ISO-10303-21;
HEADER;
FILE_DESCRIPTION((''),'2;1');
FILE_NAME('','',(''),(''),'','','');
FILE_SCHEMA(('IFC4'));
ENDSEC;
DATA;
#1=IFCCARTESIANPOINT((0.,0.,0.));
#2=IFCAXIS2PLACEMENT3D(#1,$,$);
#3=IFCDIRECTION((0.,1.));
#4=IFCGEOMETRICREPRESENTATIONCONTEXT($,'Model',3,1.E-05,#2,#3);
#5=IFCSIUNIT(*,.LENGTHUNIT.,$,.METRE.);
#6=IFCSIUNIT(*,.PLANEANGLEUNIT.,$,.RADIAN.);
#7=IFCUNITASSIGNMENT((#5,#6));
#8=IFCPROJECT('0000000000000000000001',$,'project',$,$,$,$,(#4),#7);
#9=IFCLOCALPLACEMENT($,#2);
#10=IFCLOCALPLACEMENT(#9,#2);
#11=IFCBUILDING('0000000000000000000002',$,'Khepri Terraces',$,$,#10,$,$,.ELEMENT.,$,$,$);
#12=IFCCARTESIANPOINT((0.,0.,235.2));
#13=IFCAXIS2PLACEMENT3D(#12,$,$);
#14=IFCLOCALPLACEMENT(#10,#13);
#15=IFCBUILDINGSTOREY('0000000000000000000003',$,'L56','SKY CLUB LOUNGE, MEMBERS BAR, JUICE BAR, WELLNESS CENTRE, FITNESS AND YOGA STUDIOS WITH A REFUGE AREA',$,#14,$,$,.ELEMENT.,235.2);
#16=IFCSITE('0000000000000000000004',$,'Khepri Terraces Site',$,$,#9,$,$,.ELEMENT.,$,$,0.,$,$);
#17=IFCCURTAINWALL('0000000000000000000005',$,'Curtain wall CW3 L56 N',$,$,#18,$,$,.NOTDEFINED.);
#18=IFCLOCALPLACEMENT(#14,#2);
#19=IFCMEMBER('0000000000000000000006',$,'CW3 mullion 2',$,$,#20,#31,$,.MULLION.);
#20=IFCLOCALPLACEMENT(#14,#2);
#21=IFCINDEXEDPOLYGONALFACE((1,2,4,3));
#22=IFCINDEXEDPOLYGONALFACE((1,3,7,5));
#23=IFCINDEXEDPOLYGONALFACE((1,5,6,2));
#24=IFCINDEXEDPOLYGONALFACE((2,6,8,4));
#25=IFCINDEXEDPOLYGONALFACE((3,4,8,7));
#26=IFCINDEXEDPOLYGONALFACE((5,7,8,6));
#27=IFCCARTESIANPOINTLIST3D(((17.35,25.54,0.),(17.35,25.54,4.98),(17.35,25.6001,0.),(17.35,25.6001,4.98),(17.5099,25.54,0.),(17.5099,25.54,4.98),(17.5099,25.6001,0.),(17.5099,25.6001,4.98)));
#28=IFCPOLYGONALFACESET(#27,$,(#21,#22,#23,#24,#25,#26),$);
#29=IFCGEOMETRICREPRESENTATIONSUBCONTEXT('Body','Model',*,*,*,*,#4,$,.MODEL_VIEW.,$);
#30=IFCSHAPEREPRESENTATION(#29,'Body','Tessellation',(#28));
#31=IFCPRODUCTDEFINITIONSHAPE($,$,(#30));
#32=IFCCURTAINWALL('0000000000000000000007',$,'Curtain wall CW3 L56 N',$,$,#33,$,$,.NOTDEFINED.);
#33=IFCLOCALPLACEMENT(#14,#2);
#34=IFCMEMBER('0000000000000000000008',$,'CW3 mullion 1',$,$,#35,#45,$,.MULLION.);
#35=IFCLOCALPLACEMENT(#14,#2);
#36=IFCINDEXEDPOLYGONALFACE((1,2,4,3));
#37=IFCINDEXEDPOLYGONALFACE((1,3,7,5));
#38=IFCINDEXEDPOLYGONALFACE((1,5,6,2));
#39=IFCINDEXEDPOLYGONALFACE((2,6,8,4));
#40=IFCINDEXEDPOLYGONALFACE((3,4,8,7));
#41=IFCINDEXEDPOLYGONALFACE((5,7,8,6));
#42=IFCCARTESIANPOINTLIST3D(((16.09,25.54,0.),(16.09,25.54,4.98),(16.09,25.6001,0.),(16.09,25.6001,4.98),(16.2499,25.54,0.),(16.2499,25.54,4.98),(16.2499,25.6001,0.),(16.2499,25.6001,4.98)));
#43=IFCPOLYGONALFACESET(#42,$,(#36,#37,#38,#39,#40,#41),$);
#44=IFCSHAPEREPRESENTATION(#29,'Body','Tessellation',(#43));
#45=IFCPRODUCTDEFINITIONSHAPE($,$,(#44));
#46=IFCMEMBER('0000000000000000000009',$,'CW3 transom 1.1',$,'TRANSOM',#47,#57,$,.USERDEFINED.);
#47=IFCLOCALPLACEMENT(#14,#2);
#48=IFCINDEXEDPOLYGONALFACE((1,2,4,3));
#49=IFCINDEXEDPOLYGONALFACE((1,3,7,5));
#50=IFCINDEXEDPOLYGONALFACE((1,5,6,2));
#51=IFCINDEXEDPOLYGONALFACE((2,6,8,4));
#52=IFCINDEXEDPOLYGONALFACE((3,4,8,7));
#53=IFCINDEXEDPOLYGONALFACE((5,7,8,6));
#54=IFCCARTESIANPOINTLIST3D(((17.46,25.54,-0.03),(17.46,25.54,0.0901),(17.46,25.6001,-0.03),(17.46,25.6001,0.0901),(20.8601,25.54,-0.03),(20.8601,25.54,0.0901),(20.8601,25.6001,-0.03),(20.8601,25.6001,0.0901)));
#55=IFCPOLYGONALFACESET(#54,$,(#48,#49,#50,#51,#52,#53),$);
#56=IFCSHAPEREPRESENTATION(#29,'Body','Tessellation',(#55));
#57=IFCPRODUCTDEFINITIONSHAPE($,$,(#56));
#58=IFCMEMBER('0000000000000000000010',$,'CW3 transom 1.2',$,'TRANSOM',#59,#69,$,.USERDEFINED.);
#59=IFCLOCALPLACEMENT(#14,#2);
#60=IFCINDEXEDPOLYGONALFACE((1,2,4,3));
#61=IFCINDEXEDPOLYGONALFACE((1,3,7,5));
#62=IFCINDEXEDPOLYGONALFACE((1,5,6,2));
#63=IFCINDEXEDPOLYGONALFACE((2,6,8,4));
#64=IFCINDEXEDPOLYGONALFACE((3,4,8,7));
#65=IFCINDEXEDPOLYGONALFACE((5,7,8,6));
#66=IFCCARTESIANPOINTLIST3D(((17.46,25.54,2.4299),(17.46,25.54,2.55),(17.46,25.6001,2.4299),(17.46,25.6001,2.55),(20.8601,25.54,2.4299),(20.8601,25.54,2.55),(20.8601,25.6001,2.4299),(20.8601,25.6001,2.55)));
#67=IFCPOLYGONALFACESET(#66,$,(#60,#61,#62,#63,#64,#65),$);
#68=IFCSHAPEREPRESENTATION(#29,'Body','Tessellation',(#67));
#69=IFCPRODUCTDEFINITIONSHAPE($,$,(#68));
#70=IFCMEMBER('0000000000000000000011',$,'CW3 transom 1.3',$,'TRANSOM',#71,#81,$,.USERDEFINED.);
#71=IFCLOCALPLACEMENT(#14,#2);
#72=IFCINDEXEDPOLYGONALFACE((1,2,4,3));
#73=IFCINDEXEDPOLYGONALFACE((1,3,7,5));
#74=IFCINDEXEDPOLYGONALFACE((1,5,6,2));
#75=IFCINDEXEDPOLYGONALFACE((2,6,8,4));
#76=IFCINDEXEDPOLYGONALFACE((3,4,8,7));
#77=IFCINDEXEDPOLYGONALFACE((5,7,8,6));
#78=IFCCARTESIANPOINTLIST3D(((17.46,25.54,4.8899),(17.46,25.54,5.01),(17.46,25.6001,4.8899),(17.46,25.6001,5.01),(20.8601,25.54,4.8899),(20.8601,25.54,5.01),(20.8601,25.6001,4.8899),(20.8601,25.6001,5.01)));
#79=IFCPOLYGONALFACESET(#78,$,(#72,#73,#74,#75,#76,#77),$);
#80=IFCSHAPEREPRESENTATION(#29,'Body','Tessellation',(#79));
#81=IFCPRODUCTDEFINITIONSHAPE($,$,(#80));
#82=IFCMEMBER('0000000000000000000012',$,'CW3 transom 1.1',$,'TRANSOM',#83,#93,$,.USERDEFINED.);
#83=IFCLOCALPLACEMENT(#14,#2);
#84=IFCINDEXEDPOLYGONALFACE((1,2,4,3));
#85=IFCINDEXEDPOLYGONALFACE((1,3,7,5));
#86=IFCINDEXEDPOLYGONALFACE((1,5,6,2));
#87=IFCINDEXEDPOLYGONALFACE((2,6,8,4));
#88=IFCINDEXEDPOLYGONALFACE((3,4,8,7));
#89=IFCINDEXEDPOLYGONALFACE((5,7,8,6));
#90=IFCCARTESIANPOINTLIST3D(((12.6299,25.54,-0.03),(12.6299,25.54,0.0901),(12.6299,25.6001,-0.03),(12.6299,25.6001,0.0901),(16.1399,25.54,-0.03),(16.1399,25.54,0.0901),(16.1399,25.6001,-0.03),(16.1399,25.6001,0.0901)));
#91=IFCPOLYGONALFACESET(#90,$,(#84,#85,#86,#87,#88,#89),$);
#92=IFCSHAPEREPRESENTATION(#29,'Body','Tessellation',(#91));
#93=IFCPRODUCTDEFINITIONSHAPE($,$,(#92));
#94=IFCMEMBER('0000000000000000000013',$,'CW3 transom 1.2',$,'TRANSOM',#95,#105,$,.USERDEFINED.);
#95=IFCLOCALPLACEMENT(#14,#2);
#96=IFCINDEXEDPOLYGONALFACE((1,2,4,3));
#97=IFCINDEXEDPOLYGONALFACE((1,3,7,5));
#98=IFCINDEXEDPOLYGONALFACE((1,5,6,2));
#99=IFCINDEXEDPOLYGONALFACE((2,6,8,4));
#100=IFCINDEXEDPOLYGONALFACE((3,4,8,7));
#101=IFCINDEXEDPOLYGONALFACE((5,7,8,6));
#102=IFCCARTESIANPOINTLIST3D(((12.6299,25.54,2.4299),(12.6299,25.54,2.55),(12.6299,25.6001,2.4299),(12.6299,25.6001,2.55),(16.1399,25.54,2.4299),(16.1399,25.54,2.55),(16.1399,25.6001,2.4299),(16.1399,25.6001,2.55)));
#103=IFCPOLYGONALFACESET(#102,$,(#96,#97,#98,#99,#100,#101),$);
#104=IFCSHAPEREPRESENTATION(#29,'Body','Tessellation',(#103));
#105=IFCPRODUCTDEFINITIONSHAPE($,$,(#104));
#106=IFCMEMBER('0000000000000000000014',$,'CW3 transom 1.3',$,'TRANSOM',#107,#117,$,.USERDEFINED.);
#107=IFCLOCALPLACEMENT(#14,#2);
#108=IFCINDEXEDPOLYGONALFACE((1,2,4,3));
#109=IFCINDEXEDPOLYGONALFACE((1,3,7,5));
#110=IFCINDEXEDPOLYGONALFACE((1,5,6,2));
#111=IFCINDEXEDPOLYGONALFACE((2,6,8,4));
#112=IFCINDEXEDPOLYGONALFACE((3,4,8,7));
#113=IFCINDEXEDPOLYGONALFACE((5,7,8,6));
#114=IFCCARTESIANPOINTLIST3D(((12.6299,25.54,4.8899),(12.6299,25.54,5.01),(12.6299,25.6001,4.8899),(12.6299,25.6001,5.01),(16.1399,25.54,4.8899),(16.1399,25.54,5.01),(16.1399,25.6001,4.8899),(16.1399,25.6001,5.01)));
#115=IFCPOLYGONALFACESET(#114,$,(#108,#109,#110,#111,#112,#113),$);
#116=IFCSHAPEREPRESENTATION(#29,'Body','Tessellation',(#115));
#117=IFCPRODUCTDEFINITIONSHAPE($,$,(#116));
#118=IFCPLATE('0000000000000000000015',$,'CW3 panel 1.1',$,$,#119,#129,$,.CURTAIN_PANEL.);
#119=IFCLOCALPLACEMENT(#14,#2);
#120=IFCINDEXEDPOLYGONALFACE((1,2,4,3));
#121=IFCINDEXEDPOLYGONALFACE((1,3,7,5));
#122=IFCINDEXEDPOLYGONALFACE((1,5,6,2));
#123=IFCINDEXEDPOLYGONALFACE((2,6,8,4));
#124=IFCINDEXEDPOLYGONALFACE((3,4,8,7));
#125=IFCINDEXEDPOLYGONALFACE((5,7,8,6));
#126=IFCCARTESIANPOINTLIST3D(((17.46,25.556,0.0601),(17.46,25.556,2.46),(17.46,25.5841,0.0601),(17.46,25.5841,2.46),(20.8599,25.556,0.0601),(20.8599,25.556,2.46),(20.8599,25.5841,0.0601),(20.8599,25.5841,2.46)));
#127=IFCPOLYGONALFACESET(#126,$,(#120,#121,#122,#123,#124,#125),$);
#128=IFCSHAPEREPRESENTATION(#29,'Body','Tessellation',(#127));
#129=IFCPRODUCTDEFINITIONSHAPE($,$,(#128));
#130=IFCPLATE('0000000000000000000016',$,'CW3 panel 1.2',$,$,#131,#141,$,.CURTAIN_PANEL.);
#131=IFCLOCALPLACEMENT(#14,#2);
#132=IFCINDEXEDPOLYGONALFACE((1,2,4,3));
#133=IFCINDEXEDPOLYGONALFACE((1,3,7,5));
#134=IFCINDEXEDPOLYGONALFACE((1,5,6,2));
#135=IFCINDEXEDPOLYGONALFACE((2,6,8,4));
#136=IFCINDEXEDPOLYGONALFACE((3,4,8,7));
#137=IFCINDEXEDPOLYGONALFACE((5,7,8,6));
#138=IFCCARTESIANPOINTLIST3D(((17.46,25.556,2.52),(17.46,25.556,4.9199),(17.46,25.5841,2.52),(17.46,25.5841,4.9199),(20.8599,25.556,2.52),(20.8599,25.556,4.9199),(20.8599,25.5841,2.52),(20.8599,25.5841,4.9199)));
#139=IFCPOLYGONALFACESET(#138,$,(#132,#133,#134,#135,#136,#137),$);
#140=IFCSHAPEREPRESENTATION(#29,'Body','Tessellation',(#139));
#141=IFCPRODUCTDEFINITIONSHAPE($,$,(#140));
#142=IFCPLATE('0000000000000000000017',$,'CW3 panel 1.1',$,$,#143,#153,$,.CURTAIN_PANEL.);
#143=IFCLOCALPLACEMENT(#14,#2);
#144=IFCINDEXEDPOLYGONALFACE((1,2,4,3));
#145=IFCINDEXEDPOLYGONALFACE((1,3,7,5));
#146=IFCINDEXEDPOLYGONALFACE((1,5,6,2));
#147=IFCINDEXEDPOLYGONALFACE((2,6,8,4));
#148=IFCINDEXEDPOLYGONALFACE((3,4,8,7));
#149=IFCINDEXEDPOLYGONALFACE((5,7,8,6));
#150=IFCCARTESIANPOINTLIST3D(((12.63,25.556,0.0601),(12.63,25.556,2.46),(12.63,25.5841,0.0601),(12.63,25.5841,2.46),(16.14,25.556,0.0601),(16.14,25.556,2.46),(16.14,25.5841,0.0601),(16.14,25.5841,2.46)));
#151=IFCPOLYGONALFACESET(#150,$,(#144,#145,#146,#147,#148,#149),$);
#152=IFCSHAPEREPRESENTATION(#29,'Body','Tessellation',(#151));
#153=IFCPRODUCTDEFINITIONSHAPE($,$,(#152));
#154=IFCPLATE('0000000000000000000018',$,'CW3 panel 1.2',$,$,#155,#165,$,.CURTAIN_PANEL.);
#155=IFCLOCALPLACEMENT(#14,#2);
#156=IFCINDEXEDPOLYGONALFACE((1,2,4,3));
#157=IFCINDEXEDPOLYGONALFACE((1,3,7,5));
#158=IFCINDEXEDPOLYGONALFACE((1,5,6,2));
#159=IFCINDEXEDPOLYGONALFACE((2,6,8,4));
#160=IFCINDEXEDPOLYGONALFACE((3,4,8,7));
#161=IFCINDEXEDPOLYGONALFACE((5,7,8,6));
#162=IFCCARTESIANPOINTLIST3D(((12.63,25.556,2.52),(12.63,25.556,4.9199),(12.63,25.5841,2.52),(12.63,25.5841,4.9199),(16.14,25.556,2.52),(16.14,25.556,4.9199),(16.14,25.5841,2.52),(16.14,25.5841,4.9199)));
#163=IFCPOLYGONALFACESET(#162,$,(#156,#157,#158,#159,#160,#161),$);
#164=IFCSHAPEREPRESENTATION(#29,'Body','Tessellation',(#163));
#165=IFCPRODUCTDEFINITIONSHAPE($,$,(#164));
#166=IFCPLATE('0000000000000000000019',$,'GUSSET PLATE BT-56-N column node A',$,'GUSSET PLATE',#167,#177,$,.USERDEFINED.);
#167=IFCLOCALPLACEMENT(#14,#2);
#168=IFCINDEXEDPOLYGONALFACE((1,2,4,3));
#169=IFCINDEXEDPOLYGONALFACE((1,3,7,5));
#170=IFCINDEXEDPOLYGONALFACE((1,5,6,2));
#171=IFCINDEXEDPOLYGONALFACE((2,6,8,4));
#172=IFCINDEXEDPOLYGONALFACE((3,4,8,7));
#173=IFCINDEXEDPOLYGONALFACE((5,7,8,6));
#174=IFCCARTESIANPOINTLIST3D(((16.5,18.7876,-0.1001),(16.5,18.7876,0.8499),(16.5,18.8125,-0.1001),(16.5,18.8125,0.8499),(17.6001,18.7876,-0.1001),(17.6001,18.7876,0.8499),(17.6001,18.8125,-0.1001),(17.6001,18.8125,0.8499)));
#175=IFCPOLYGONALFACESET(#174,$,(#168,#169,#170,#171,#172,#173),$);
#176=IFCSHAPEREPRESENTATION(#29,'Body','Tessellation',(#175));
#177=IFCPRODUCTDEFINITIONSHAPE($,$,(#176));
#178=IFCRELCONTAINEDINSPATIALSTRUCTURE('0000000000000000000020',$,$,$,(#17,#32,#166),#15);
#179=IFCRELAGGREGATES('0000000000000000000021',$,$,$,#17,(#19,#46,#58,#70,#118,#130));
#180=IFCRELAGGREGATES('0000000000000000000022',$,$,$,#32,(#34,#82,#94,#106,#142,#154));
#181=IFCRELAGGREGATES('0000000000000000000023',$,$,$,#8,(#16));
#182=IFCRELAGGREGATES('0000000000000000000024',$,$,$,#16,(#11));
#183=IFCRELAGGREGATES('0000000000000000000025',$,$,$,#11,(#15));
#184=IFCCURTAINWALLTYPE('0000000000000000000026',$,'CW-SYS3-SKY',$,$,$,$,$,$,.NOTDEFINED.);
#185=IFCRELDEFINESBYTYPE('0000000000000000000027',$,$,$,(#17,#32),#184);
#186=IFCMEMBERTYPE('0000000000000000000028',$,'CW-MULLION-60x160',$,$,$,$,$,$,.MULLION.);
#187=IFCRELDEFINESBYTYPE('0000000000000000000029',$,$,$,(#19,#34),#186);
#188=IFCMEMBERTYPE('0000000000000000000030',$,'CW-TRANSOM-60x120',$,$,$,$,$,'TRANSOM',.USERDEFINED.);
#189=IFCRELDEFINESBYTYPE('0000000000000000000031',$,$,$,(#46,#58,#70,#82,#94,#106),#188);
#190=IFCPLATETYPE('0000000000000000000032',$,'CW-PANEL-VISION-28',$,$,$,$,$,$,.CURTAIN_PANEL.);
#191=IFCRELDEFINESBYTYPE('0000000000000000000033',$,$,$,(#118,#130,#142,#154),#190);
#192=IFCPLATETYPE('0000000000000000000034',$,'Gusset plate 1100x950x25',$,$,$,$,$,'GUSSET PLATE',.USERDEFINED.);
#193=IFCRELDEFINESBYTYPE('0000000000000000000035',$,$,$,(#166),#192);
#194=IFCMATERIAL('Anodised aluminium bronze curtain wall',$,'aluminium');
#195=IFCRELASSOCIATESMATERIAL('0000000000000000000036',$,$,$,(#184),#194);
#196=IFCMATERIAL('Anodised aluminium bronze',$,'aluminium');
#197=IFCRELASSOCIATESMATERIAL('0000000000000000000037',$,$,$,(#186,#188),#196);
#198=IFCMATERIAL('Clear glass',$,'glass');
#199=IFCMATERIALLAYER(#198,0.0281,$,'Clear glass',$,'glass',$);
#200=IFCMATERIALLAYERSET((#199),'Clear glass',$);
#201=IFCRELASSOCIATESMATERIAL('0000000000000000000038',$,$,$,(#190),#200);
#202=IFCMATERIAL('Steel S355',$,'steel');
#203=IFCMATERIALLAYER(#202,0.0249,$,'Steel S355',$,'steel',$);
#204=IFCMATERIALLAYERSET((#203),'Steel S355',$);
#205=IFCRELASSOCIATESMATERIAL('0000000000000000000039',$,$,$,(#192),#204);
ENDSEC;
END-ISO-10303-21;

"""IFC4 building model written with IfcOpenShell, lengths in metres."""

from ifc_helpers import new_model, si_unit, direction, frame, origin, origin_2d, place, context, subcontext, project, spatial, rectangle, extrude, material, layer, layer_set, material_profile, profile_set, type_object, element, aggregate, save


model = new_model("IFC4")

# Units and contexts
model_context = context("Model", 3, precision=1e-05, world=origin(), true_north=direction((0.0, 1.0)))
body_context = subcontext(model_context, "Body", "Model", "MODEL_VIEW")
ifc_project = project(units=[si_unit("LENGTHUNIT", "METRE"), si_unit("PLANEANGLEUNIT", "RADIAN")], contexts=[model_context])

# Site, building, storey
site_placement = place(None, origin())
site = spatial("IfcSite", under=ifc_project, at=site_placement, Name="Khepri Terraces Site", CompositionType="ELEMENT", RefElevation=0.0)
building_placement = place(site_placement, origin())
building = spatial("IfcBuilding", under=site, at=building_placement, Name="Khepri Terraces", CompositionType="ELEMENT")
storey_placement = place(building_placement, frame((0.0, 0.0, 235.2)))
storey = spatial("IfcBuildingStorey", under=building, at=storey_placement, Name="L56", Description="SKY CLUB LOUNGE, MEMBERS BAR, JUICE BAR, WELLNESS CENTRE, FITNESS AND YOGA STUDIOS WITH A REFUGE AREA", CompositionType="ELEMENT", Elevation=235.2)

# Shared definitions
ifc_material_1 = material(Name="Steel S355", Category="steel")

# Curtain wall, member
ifc_material_2 = material(Name="Anodised aluminium bronze curtain wall", Category="aluminium")
curtain_wall_type = type_object("IfcCurtainWallType", Name="CW-SYS3-SKY", PredefinedType="NOTDEFINED", material=ifc_material_2)
curtain_wall_1_placement = place(storey_placement, origin())
curtain_wall_1 = element("IfcCurtainWall", 1, at=curtain_wall_1_placement, inside=storey, type_object=curtain_wall_type, Name="Curtain wall CW3 L56 N", PredefinedType="NOTDEFINED")
ifc_material_3 = material(Name="Anodised aluminium bronze", Category="aluminium")
ifc_material_profile_1 = material_profile(ifc_material_3, rectangle(XDim=0.0601, YDim=0.1599, at=origin_2d()), Name="Anodised aluminium bronze", Category="aluminium")
ifc_profile_set_1 = profile_set([ifc_material_profile_1], Name="Anodised aluminium bronze")
member_type_1 = type_object("IfcMemberType", Name="CW-MULLION-60x160", PredefinedType="MULLION", material=ifc_profile_set_1)
member_1_placement = place(storey_placement, frame((17.4299, 25.5701, 0.0), z_axis=(0.0, 0.0, 1.0), x_axis=(0.0, -1.0, 0.0)))
member_1 = element("IfcMember", 2, at=member_1_placement, type_object=member_type_1, Name="CW3 mullion 2", PredefinedType="MULLION", context=body_context, shape_type="SweptSolid", body=[
    extrude(rectangle(XDim=0.0601, YDim=0.1599, at=origin_2d()), origin(), (0.0, 0.0, 1.0), 4.98),
])

# Curtain wall, member
curtain_wall_2_placement = place(storey_placement, origin())
curtain_wall_2 = element("IfcCurtainWall", 3, at=curtain_wall_2_placement, inside=storey, type_object=curtain_wall_type, Name="Curtain wall CW3 L56 N", PredefinedType="NOTDEFINED")
member_2_placement = place(storey_placement, frame((16.1699, 25.5701, 0.0), z_axis=(0.0, 0.0, 1.0), x_axis=(0.0, -1.0, 0.0)))
member_2 = element("IfcMember", 4, at=member_2_placement, type_object=member_type_1, Name="CW3 mullion 1", PredefinedType="MULLION", context=body_context, shape_type="SweptSolid", body=[
    extrude(rectangle(XDim=0.0601, YDim=0.1599, at=origin_2d()), origin(), (0.0, 0.0, 1.0), 4.98),
])

# Members
ifc_material_profile_2 = material_profile(ifc_material_3, rectangle(XDim=0.0601, YDim=0.1201, at=origin_2d()), Name="Anodised aluminium bronze", Category="aluminium")
ifc_profile_set_2 = profile_set([ifc_material_profile_2], Name="Anodised aluminium bronze")
member_type_2 = type_object("IfcMemberType", Name="CW-TRANSOM-60x120", ElementType="TRANSOM", PredefinedType="USERDEFINED", material=ifc_profile_set_2)
member_3_placement = place(storey_placement, frame((20.8601, 25.5701, 0.03), z_axis=(-1.0, 0.0, 0.0), x_axis=(0.0, -1.0, 0.0)))
member_3 = element("IfcMember", 5, at=member_3_placement, type_object=member_type_2, Name="CW3 transom 1.1", ObjectType="TRANSOM", PredefinedType="USERDEFINED", context=body_context, shape_type="SweptSolid", body=[
    extrude(rectangle(XDim=0.0601, YDim=0.1201, at=origin_2d()), origin(), (0.0, 0.0, 1.0), 3.4001),
])
member_4_placement = place(storey_placement, frame((20.8601, 25.5701, 2.49), z_axis=(-1.0, 0.0, 0.0), x_axis=(0.0, -1.0, 0.0)))
member_4 = element("IfcMember", 6, at=member_4_placement, type_object=member_type_2, Name="CW3 transom 1.2", ObjectType="TRANSOM", PredefinedType="USERDEFINED", context=body_context, shape_type="SweptSolid", body=[
    extrude(rectangle(XDim=0.0601, YDim=0.1201, at=origin_2d()), origin(), (0.0, 0.0, 1.0), 3.4001),
])
member_5_placement = place(storey_placement, frame((20.8601, 25.5701, 4.95), z_axis=(-1.0, 0.0, 0.0), x_axis=(0.0, -1.0, 0.0)))
member_5 = element("IfcMember", 7, at=member_5_placement, type_object=member_type_2, Name="CW3 transom 1.3", ObjectType="TRANSOM", PredefinedType="USERDEFINED", context=body_context, shape_type="SweptSolid", body=[
    extrude(rectangle(XDim=0.0601, YDim=0.1201, at=origin_2d()), origin(), (0.0, 0.0, 1.0), 3.4001),
])
member_6_placement = place(storey_placement, frame((16.1399, 25.5701, 0.03), z_axis=(-1.0, 0.0, 0.0), x_axis=(0.0, -1.0, 0.0)))
member_6 = element("IfcMember", 8, at=member_6_placement, type_object=member_type_2, Name="CW3 transom 1.1", ObjectType="TRANSOM", PredefinedType="USERDEFINED", context=body_context, shape_type="SweptSolid", body=[
    extrude(rectangle(XDim=0.0601, YDim=0.1201, at=origin_2d()), origin(), (0.0, 0.0, 1.0), 3.51),
])
member_7_placement = place(storey_placement, frame((16.1399, 25.5701, 2.49), z_axis=(-1.0, 0.0, 0.0), x_axis=(0.0, -1.0, 0.0)))
member_7 = element("IfcMember", 9, at=member_7_placement, type_object=member_type_2, Name="CW3 transom 1.2", ObjectType="TRANSOM", PredefinedType="USERDEFINED", context=body_context, shape_type="SweptSolid", body=[
    extrude(rectangle(XDim=0.0601, YDim=0.1201, at=origin_2d()), origin(), (0.0, 0.0, 1.0), 3.51),
])
member_8_placement = place(storey_placement, frame((16.1399, 25.5701, 4.95), z_axis=(-1.0, 0.0, 0.0), x_axis=(0.0, -1.0, 0.0)))
member_8 = element("IfcMember", 10, at=member_8_placement, type_object=member_type_2, Name="CW3 transom 1.3", ObjectType="TRANSOM", PredefinedType="USERDEFINED", context=body_context, shape_type="SweptSolid", body=[
    extrude(rectangle(XDim=0.0601, YDim=0.1201, at=origin_2d()), origin(), (0.0, 0.0, 1.0), 3.51),
])

# Plates
ifc_material_4 = material(Name="Clear glass", Category="glass")
ifc_layer_1 = layer(ifc_material_4, 0.0281, Name="Clear glass", Category="glass")
ifc_layer_set_1 = layer_set([ifc_layer_1], Name="Clear glass")
plate_type_1 = type_object("IfcPlateType", Name="CW-PANEL-VISION-28", PredefinedType="CURTAIN_PANEL", material=ifc_layer_set_1)
plate_1_placement = place(storey_placement, frame((19.1599, 25.5701, 0.0601), z_axis=(0.0, 0.0, 1.0), x_axis=(-1.0, 0.0, 0.0)))
plate_1 = element("IfcPlate", 11, at=plate_1_placement, type_object=plate_type_1, Name="CW3 panel 1.1", PredefinedType="CURTAIN_PANEL", context=body_context, shape_type="SweptSolid", body=[
    extrude(rectangle(XDim=3.3999, YDim=0.0281, at=origin_2d()), origin(), (0.0, 0.0, 1.0), 2.3999),
])
plate_2_placement = place(storey_placement, frame((19.1599, 25.5701, 2.52), z_axis=(0.0, 0.0, 1.0), x_axis=(-1.0, 0.0, 0.0)))
plate_2 = element("IfcPlate", 12, at=plate_2_placement, type_object=plate_type_1, Name="CW3 panel 1.2", PredefinedType="CURTAIN_PANEL", context=body_context, shape_type="SweptSolid", body=[
    extrude(rectangle(XDim=3.3999, YDim=0.0281, at=origin_2d()), origin(), (0.0, 0.0, 1.0), 2.3999),
])
aggregate(curtain_wall_1, [member_1, member_3, member_4, member_5, plate_1, plate_2])
plate_3_placement = place(storey_placement, frame((14.385, 25.5701, 0.0601), z_axis=(0.0, 0.0, 1.0), x_axis=(-1.0, 0.0, 0.0)))
plate_3 = element("IfcPlate", 13, at=plate_3_placement, type_object=plate_type_1, Name="CW3 panel 1.1", PredefinedType="CURTAIN_PANEL", context=body_context, shape_type="SweptSolid", body=[
    extrude(rectangle(XDim=3.51, YDim=0.0281, at=origin_2d()), origin(), (0.0, 0.0, 1.0), 2.3999),
])
plate_4_placement = place(storey_placement, frame((14.385, 25.5701, 2.52), z_axis=(0.0, 0.0, 1.0), x_axis=(-1.0, 0.0, 0.0)))
plate_4 = element("IfcPlate", 14, at=plate_4_placement, type_object=plate_type_1, Name="CW3 panel 1.2", PredefinedType="CURTAIN_PANEL", context=body_context, shape_type="SweptSolid", body=[
    extrude(rectangle(XDim=3.51, YDim=0.0281, at=origin_2d()), origin(), (0.0, 0.0, 1.0), 2.3999),
])
aggregate(curtain_wall_2, [member_2, member_6, member_7, member_8, plate_3, plate_4])
ifc_layer_2 = layer(ifc_material_1, 0.0249, Name="Steel S355", Category="steel")
ifc_layer_set_2 = layer_set([ifc_layer_2], Name="Steel S355")
plate_type_2 = type_object("IfcPlateType", Name="Gusset plate 1100x950x25", ElementType="GUSSET PLATE", PredefinedType="USERDEFINED", material=ifc_layer_set_2)
plate_5_placement = place(storey_placement, frame((17.05, 18.8, -0.1001), z_axis=(0.0, 0.0, 1.0), x_axis=(-1.0, 0.0, 0.0)))
element("IfcPlate", 15, at=plate_5_placement, inside=storey, type_object=plate_type_2, Name="GUSSET PLATE BT-56-N column node A", ObjectType="GUSSET PLATE", PredefinedType="USERDEFINED", context=body_context, shape_type="SweptSolid", body=[
    extrude(rectangle(XDim=1.1001, YDim=0.0249, at=origin_2d()), origin(), (0.0, 0.0, 1.0), 0.95),
])

save(model, "model.ifc")
